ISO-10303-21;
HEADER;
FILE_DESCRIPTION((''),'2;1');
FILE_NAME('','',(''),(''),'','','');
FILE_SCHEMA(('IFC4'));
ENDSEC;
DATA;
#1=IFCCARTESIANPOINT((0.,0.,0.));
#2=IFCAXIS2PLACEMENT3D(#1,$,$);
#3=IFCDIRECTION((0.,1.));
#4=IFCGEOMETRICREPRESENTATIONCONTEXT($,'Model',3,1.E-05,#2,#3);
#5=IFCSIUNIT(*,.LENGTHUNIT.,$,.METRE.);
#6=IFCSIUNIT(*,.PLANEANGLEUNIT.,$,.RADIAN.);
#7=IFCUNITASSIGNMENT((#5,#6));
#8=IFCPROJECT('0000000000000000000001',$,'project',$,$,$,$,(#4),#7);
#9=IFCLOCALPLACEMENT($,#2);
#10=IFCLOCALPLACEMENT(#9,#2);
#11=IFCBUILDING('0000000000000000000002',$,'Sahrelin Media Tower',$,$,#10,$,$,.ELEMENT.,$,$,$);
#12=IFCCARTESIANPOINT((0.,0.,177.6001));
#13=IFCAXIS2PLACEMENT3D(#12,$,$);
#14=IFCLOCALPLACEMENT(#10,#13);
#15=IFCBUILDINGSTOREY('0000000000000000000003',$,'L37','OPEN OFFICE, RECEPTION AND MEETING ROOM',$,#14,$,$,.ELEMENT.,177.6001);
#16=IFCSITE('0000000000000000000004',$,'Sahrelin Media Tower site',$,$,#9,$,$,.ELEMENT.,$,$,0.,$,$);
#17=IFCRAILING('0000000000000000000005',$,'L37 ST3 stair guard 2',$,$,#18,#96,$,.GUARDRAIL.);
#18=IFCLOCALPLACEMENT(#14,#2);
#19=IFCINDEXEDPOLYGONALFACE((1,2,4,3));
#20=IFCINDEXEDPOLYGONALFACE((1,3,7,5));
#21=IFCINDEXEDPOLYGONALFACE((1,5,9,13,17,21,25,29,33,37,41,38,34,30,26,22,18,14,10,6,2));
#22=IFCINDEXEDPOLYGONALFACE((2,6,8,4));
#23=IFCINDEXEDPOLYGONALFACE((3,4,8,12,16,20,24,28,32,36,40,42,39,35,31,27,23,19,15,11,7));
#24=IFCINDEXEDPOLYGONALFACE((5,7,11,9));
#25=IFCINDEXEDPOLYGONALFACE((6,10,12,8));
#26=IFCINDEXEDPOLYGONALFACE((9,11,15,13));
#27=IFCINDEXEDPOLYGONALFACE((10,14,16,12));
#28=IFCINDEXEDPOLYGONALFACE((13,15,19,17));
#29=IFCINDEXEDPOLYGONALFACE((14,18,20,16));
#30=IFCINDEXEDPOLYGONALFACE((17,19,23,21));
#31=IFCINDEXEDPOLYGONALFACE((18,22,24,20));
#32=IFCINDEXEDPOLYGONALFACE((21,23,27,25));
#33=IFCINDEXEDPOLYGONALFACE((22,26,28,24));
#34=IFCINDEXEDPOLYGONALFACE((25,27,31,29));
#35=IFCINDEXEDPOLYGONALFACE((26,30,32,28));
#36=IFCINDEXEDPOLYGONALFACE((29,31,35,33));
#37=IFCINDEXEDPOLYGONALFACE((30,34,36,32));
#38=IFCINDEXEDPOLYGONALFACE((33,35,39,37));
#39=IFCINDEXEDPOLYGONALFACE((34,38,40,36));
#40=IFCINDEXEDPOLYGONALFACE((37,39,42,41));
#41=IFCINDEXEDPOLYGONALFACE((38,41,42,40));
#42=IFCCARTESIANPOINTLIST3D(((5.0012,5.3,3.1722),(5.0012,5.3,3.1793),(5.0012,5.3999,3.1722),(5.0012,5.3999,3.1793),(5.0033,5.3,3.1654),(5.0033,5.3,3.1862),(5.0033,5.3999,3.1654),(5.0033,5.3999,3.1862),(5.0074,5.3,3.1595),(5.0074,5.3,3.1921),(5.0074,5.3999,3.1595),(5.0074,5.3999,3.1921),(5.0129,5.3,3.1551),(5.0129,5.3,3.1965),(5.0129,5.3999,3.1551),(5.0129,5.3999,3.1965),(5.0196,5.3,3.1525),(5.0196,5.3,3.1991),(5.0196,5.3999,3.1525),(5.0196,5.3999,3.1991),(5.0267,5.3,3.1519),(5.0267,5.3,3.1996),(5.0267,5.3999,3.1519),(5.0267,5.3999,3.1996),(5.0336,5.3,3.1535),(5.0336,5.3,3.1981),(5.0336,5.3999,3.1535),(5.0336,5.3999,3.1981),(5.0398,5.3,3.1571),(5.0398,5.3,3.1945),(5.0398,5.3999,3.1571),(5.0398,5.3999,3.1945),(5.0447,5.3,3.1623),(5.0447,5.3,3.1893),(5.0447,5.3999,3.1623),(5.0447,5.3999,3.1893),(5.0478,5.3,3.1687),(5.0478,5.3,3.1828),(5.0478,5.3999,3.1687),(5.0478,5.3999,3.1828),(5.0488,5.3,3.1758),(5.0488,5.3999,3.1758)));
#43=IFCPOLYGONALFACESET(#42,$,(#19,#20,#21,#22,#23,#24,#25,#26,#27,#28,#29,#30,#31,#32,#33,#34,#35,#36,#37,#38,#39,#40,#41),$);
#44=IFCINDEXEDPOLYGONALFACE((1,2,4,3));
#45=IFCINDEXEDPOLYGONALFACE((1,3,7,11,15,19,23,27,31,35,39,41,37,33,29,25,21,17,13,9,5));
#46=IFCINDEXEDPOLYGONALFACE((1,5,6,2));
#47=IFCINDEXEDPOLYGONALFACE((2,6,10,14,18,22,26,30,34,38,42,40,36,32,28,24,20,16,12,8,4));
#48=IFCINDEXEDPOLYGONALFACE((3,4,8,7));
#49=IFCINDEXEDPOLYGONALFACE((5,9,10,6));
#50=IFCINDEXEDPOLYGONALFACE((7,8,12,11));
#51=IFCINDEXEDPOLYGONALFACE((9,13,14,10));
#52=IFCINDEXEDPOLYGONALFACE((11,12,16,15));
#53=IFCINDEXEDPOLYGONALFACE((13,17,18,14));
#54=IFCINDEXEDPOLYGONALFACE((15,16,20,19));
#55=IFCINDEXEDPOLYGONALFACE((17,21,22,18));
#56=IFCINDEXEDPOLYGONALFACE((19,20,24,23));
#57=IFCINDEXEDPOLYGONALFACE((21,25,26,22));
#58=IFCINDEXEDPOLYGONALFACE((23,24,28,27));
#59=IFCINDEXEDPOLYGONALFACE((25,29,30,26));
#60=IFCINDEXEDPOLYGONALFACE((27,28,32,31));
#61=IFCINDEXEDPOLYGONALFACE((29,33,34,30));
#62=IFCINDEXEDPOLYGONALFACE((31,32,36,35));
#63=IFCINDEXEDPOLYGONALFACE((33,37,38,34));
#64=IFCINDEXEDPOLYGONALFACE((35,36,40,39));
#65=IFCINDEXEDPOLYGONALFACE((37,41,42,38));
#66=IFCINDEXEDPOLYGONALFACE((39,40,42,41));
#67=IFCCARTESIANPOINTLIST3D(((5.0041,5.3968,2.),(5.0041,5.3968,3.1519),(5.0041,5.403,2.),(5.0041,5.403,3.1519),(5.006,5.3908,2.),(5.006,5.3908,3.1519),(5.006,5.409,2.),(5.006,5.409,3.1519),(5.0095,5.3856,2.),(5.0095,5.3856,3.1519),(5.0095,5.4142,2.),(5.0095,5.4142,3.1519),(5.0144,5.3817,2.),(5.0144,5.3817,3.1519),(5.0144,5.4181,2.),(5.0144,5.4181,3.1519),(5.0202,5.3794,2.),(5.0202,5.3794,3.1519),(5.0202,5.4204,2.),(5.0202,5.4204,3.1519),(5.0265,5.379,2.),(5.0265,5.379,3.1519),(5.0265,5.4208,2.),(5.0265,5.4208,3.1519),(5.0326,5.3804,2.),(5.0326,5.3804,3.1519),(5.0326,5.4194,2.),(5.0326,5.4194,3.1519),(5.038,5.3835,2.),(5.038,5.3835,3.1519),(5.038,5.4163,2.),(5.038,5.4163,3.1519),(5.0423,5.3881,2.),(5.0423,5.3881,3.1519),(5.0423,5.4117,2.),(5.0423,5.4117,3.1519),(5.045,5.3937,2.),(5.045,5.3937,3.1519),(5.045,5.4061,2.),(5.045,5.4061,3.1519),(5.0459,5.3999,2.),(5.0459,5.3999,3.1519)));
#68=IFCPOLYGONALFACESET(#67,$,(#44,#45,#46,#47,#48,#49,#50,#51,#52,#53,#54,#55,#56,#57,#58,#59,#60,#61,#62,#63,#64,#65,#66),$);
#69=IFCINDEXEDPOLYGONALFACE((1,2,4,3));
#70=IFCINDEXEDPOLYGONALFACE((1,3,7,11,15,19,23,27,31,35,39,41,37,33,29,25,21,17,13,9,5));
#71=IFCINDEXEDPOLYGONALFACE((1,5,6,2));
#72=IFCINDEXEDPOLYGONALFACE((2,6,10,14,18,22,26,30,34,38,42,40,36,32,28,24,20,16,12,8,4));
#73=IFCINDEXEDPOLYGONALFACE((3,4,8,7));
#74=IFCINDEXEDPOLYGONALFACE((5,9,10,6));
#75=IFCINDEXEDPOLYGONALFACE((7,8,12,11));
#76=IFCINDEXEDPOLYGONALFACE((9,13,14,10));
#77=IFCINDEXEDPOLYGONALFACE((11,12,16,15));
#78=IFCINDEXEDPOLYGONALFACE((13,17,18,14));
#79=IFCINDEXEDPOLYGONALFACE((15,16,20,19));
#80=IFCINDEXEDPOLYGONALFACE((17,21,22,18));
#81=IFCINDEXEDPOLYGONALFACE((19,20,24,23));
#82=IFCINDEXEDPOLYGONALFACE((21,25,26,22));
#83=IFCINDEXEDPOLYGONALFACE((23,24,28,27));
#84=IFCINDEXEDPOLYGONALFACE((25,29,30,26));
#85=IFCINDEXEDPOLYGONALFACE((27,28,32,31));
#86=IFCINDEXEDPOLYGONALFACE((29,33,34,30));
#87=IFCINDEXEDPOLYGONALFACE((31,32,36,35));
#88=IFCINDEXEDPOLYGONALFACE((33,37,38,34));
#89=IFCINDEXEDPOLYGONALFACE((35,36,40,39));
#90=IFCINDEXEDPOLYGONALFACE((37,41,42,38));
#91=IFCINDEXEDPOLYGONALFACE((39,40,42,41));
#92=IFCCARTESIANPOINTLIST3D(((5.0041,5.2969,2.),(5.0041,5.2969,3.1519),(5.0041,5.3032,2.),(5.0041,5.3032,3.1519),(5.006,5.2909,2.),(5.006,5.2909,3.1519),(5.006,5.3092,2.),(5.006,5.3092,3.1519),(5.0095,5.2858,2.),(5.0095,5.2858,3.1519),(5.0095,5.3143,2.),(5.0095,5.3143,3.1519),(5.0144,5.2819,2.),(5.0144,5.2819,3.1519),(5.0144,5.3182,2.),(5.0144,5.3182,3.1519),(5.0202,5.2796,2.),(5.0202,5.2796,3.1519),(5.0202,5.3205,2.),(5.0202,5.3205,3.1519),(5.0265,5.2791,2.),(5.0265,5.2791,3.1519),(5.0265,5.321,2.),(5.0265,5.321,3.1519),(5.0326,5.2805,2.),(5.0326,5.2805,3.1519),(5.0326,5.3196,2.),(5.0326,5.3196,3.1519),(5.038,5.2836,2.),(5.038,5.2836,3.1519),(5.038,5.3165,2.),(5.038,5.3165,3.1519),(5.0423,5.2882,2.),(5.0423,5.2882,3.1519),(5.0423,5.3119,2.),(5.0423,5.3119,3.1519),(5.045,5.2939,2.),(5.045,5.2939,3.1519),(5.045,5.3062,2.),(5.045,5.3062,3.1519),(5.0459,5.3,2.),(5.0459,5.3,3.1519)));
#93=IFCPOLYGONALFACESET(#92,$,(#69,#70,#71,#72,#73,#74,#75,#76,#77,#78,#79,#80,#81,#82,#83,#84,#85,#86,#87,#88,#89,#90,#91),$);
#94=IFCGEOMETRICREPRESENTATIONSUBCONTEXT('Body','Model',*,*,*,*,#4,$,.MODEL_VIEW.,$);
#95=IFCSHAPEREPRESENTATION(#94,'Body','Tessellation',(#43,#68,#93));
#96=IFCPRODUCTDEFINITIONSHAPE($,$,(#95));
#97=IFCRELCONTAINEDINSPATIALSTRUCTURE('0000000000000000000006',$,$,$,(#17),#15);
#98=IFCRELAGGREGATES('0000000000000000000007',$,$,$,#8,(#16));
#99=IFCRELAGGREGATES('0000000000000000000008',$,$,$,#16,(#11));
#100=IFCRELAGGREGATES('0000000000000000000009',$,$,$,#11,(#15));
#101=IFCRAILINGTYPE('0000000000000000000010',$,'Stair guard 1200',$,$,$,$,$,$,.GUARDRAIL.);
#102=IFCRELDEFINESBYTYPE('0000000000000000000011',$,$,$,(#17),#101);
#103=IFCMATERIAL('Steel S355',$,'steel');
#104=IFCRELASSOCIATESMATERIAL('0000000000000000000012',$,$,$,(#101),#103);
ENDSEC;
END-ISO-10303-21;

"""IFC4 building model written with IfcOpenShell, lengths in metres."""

from ifc_helpers import new_model, si_unit, direction, frame, origin, origin_2d, place, context, subcontext, project, spatial, circle, extrude, material, type_object, element, save


model = new_model("IFC4")

# Units and contexts
model_context = context("Model", 3, precision=1e-05, world=origin(), true_north=direction((0.0, 1.0)))
body_context = subcontext(model_context, "Body", "Model", "MODEL_VIEW")
ifc_project = project(units=[si_unit("LENGTHUNIT", "METRE"), si_unit("PLANEANGLEUNIT", "RADIAN")], contexts=[model_context])

# Site, building, storey
site_placement = place(None, origin())
site = spatial("IfcSite", under=ifc_project, at=site_placement, Name="Sahrelin Media Tower site", CompositionType="ELEMENT", RefElevation=0.0)
building_placement = place(site_placement, origin())
building = spatial("IfcBuilding", under=site, at=building_placement, Name="Sahrelin Media Tower", CompositionType="ELEMENT")
storey_placement = place(building_placement, frame((0.0, 0.0, 177.6001)))
storey = spatial("IfcBuildingStorey", under=building, at=storey_placement, Name="L37", Description="OPEN OFFICE, RECEPTION AND MEETING ROOM", CompositionType="ELEMENT", Elevation=177.6001)

# Shared definitions
ifc_material_1 = material(Name="Steel S355", Category="steel")

# Railing
railing_type_1 = type_object("IfcRailingType", Name="Stair guard 1200", PredefinedType="GUARDRAIL", material=ifc_material_1)
railing_1_placement = place(storey_placement, frame((5.0249, 5.3999, 2.0)))
element("IfcRailing", 1, at=railing_1_placement, inside=storey, type_object=railing_type_1, Name="L37 ST3 stair guard 2", PredefinedType="GUARDRAIL", context=body_context, shape_type="SweptSolid", body=[
    extrude(circle(Radius=0.0239, at=origin_2d()), frame((0.0, 0.0, 1.1758), z_axis=(0.0, -1.0, 0.0), x_axis=(1.0, 0.0, 0.0)), (0.0, 0.0, 1.0), 0.0999),
    extrude(circle(Radius=0.021, at=origin_2d()), origin(), (0.0, 0.0, 1.0), 1.1519),
    extrude(circle(Radius=0.021, at=origin_2d()), frame((0.0, -0.0999, 0.0)), (0.0, 0.0, 1.0), 1.1519),
])

save(model, "model.ifc")
